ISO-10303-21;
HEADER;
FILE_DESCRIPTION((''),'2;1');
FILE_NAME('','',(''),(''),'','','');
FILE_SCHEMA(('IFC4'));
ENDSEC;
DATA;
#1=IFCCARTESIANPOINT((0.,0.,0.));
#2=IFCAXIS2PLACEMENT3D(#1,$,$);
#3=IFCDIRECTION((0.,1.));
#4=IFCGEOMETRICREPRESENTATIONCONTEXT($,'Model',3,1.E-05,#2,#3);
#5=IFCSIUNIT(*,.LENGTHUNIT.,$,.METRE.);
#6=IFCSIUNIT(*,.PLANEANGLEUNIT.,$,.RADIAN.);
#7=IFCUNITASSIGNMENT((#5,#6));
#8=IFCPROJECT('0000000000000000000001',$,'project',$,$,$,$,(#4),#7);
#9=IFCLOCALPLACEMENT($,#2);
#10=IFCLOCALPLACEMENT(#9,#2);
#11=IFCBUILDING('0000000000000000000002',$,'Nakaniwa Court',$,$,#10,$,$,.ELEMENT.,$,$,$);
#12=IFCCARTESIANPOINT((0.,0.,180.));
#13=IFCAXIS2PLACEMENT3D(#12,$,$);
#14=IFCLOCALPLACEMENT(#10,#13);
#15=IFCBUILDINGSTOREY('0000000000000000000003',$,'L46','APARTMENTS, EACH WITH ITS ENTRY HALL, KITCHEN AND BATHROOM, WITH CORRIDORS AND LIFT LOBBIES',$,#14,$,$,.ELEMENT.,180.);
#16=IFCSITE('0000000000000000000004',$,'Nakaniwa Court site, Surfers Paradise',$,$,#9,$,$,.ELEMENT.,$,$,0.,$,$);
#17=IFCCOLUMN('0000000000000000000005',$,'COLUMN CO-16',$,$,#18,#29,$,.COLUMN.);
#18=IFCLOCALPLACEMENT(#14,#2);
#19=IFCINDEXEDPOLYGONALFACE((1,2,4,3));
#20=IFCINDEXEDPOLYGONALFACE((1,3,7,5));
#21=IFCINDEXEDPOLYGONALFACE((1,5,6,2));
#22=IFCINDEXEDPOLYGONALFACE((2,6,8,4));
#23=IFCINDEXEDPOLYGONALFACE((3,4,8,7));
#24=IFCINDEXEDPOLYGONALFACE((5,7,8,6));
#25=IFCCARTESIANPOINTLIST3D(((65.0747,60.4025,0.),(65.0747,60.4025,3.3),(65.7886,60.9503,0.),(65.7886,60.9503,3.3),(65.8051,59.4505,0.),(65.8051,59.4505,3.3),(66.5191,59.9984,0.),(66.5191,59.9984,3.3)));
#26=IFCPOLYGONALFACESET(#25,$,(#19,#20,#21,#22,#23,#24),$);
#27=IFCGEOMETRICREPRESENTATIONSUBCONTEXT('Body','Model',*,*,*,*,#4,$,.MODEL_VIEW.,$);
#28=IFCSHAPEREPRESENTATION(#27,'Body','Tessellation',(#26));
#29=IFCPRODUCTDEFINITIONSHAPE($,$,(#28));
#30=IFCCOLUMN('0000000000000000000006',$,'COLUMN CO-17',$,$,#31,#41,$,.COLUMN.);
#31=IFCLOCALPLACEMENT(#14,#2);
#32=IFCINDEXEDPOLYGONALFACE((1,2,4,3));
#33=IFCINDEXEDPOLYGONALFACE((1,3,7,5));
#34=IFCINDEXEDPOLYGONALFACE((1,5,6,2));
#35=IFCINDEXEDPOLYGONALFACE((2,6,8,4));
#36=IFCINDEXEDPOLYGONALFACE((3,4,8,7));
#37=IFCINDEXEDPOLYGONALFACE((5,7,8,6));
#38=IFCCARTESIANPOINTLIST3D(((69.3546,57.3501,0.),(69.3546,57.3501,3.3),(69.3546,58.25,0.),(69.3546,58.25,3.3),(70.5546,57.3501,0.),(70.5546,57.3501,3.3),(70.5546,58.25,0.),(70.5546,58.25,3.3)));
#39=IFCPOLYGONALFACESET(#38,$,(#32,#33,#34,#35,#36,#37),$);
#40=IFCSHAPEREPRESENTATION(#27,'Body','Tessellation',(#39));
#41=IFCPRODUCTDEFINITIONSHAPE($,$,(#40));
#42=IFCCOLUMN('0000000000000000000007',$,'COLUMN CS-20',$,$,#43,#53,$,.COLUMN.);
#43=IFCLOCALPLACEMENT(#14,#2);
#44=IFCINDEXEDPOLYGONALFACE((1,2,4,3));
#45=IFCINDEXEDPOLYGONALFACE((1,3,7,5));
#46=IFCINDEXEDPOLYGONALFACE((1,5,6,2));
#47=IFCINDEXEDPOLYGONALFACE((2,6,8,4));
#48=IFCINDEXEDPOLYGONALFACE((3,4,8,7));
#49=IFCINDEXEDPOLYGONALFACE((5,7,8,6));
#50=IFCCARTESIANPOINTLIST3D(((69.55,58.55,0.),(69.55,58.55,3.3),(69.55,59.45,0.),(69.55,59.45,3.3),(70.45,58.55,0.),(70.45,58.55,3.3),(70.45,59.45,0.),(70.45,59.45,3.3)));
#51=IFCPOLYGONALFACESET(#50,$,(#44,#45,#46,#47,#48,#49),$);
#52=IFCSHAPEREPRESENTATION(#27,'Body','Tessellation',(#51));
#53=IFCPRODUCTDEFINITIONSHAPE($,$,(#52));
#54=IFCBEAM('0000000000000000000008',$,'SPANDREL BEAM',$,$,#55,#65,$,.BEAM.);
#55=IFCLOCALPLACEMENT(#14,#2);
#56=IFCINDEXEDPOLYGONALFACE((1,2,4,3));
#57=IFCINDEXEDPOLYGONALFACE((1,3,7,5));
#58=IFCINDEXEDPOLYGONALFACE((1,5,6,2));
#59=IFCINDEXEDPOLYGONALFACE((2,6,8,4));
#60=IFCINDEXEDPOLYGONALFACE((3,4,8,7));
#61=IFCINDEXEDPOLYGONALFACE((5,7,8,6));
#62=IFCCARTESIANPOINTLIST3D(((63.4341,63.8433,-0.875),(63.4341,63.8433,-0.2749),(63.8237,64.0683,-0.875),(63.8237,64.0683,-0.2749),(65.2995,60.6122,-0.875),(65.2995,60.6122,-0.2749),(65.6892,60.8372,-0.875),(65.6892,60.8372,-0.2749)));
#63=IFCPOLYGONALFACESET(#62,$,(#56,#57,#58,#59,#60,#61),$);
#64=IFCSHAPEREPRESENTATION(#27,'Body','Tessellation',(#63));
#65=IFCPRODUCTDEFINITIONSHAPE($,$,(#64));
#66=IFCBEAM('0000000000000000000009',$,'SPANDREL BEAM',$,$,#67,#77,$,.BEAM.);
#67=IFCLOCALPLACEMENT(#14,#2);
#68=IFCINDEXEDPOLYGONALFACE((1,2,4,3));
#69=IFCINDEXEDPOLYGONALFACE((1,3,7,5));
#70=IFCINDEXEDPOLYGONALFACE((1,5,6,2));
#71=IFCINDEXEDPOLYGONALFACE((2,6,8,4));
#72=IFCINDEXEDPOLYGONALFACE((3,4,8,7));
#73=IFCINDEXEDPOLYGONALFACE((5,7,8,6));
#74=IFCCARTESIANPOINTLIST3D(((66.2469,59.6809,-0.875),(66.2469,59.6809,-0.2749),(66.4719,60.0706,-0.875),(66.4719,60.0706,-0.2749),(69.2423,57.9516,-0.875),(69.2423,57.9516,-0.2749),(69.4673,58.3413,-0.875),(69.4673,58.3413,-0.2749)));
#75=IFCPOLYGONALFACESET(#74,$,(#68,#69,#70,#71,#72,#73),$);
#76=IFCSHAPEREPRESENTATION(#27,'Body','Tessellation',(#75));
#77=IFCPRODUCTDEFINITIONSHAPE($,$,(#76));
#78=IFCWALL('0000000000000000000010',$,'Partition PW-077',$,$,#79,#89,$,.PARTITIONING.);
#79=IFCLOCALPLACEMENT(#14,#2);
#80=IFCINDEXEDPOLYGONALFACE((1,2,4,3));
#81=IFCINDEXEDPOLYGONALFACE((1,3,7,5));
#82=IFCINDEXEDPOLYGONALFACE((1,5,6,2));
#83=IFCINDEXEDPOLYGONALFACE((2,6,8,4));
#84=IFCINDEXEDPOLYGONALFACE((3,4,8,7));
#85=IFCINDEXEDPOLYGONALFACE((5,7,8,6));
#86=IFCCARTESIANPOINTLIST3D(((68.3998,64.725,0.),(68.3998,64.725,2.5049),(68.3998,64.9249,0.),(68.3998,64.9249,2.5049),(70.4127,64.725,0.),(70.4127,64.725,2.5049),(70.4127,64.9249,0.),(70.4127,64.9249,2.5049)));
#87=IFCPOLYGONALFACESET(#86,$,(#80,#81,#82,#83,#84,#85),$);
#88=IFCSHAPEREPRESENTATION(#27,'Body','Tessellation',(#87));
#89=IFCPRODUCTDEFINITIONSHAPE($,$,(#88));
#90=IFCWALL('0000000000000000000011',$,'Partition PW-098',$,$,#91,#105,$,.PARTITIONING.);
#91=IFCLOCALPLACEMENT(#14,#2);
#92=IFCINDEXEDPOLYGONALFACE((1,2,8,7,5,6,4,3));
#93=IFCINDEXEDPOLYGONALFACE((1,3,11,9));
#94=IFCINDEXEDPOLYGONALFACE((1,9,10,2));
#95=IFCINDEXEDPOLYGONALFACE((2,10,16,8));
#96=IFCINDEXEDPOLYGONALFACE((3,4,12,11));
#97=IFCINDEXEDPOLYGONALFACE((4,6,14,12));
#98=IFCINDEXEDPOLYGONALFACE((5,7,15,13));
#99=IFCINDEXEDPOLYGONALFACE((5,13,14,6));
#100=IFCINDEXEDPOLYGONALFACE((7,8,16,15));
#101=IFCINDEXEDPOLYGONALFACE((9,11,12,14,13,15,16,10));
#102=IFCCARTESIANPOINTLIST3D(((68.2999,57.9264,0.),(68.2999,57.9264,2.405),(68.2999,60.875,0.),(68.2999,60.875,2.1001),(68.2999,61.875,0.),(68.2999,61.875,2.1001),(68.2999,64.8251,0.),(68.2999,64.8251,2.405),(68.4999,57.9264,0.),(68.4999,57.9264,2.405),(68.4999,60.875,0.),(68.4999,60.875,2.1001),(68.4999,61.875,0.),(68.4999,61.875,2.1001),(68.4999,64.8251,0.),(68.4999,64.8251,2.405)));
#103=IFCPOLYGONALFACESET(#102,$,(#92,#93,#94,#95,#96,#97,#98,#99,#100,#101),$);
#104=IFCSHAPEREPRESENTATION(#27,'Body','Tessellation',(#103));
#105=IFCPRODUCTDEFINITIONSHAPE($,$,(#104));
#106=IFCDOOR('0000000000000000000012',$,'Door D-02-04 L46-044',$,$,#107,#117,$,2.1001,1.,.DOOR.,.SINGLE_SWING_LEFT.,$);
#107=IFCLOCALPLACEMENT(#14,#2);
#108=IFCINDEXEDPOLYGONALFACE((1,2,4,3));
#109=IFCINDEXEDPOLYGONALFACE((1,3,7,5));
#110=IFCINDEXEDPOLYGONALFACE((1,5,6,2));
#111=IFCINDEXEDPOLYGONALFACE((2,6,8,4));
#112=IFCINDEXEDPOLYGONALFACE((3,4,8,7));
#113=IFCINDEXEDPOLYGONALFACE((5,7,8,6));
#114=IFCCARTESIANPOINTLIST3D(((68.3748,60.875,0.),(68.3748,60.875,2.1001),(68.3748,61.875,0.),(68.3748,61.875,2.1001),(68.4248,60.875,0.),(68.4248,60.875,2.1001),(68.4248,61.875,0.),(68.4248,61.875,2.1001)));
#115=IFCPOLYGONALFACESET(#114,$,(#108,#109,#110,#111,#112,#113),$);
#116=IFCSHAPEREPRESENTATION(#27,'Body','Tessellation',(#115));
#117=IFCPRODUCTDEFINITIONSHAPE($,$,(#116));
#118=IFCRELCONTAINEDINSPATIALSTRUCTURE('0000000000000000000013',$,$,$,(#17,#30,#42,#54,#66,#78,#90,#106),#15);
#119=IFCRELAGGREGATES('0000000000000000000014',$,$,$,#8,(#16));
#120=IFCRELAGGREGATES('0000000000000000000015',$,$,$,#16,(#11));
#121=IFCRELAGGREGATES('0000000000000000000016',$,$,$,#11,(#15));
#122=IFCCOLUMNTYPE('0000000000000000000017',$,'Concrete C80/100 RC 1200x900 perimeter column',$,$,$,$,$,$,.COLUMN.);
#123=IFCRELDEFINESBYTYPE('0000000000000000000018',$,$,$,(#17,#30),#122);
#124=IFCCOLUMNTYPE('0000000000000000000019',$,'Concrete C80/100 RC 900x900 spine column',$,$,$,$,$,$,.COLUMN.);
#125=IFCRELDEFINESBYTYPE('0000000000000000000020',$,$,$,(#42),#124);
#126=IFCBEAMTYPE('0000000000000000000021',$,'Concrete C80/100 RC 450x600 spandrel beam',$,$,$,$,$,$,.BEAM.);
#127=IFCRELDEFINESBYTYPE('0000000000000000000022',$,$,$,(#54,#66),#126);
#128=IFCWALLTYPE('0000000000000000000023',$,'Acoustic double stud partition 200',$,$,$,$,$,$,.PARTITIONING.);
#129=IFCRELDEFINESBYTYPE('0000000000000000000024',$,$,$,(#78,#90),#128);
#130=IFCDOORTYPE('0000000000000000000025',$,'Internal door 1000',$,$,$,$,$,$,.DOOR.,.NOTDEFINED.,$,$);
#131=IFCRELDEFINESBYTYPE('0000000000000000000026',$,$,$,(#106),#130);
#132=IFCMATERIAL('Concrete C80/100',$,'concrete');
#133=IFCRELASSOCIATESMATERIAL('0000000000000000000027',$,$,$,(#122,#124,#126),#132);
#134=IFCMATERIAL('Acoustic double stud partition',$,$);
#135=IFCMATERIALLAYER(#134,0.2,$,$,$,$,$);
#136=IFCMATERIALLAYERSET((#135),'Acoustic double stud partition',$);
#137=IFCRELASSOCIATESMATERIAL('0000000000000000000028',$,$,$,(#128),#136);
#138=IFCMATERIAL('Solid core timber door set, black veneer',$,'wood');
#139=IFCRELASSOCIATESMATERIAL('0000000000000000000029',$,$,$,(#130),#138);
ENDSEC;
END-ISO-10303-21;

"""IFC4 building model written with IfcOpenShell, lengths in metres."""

from ifc_helpers import new_model, si_unit, direction, frame, frame_2d, origin, origin_2d, place, context, subcontext, project, spatial, rectangle, extrude, material, layer, layer_set, material_profile, profile_set, type_object, element, fill, save


model = new_model("IFC4")

# Units and contexts
model_context = context("Model", 3, precision=1e-05, world=origin(), true_north=direction((0.0, 1.0)))
body_context = subcontext(model_context, "Body", "Model", "MODEL_VIEW")
ifc_project = project(units=[si_unit("LENGTHUNIT", "METRE"), si_unit("PLANEANGLEUNIT", "RADIAN")], contexts=[model_context])

# Site, building, storey
site_placement = place(None, origin())
site = spatial("IfcSite", under=ifc_project, at=site_placement, Name="Nakaniwa Court site, Surfers Paradise", CompositionType="ELEMENT", RefElevation=0.0)
building_placement = place(site_placement, origin())
building = spatial("IfcBuilding", under=site, at=building_placement, Name="Nakaniwa Court", CompositionType="ELEMENT")
storey_placement = place(building_placement, frame((0.0, 0.0, 180.0)))
storey = spatial("IfcBuildingStorey", under=building, at=storey_placement, Name="L46", Description="APARTMENTS, EACH WITH ITS ENTRY HALL, KITCHEN AND BATHROOM, WITH CORRIDORS AND LIFT LOBBIES", CompositionType="ELEMENT", Elevation=180.0)

# Columns
ifc_material_1 = material(Name="Concrete C80/100", Category="concrete")
ifc_material_profile_1 = material_profile(ifc_material_1, rectangle(XDim=1.2, YDim=0.8999, at=origin_2d()), Name="Concrete C80/100 RC 1200x900 perimeter column")
ifc_profile_set_1 = profile_set([ifc_material_profile_1], Name="Concrete C80/100")
column_type_1 = type_object("IfcColumnType", Name="Concrete C80/100 RC 1200x900 perimeter column", PredefinedType="COLUMN", material=ifc_profile_set_1)
for number, where, z_axis, x_axis, name in (
    (1, (65.7969, 60.2004, 0.0), (0.0, 0.0, 1.0), (0.608761, -0.793353, 0.0), "COLUMN CO-16"),
    (2, (69.9546, 57.8, 0.0), (0.0, 0.0, 1.0), (1.0, 0.0, 0.0), "COLUMN CO-17"),
):
    element("IfcColumn", number, at=place(storey_placement, frame(where, z_axis=z_axis, x_axis=x_axis)), inside=storey, type_object=column_type_1, Name=name, PredefinedType="COLUMN", context=body_context, shape_type="SweptSolid", body=[
        extrude(rectangle(XDim=1.2, YDim=0.8999, at=origin_2d()), origin(), (0.0, 0.0, 1.0), 3.3),
    ])
ifc_material_profile_2 = material_profile(ifc_material_1, rectangle(XDim=0.8999, YDim=0.8999, at=origin_2d()), Name="Concrete C80/100 RC 900x900 spine column")
ifc_profile_set_2 = profile_set([ifc_material_profile_2], Name="Concrete C80/100")
column_type_2 = type_object("IfcColumnType", Name="Concrete C80/100 RC 900x900 spine column", PredefinedType="COLUMN", material=ifc_profile_set_2)
column_placement = place(storey_placement, frame((70.0, 59.0, 0.0), z_axis=(0.0, 0.0, 1.0), x_axis=(0.0, -1.0, 0.0)))
element("IfcColumn", 3, at=column_placement, inside=storey, type_object=column_type_2, Name="COLUMN CS-20", PredefinedType="COLUMN", context=body_context, shape_type="SweptSolid", body=[
    extrude(rectangle(XDim=0.8999, YDim=0.8999, at=origin_2d()), origin(), (0.0, 0.0, 1.0), 3.3),
])

# Beams
ifc_material_profile_3 = material_profile(ifc_material_1, rectangle(XDim=0.45, YDim=0.6001, at=origin_2d()), Name="Concrete C80/100 RC 450x600 spandrel beam")
ifc_profile_set_3 = profile_set([ifc_material_profile_3], Name="Concrete C80/100")
beam_type = type_object("IfcBeamType", Name="Concrete C80/100 RC 450x600 spandrel beam", PredefinedType="BEAM", material=ifc_profile_set_3)
beam_1_placement = place(storey_placement, frame((63.6289, 63.9558, -0.575), z_axis=(0.499989, -0.866032, 0.0), x_axis=(0.866032, 0.499989, 0.0)))
element("IfcBeam", 4, at=beam_1_placement, inside=storey, type_object=beam_type, Name="SPANDREL BEAM", PredefinedType="BEAM", context=body_context, shape_type="SweptSolid", body=[
    extrude(rectangle(XDim=0.45, YDim=0.6001, at=origin_2d()), origin(), (0.0, 0.0, 1.0), 3.731),
])
beam_2_placement = place(storey_placement, frame((66.3594, 59.8757, -0.575), z_axis=(0.866041, -0.499973, 0.0), x_axis=(0.499973, 0.866041, 0.0)))
element("IfcBeam", 5, at=beam_2_placement, inside=storey, type_object=beam_type, Name="SPANDREL BEAM", PredefinedType="BEAM", context=body_context, shape_type="SweptSolid", body=[
    extrude(rectangle(XDim=0.45, YDim=0.6001, at=origin_2d()), origin(), (0.0, 0.0, 1.0), 3.4587),
])

# Wall
ifc_material_2 = material(Name="Acoustic double stud partition")
ifc_layer_1 = layer(ifc_material_2, 0.2)
ifc_layer_set_1 = layer_set([ifc_layer_1], Name="Acoustic double stud partition")
wall_type_1 = type_object("IfcWallType", Name="Acoustic double stud partition 200", PredefinedType="PARTITIONING", material=ifc_layer_set_1)
wall_1_placement = place(storey_placement, frame((68.3999, 64.825, 0.0), z_axis=(0.0, 0.0, 1.0), x_axis=(1.0, 0.0, 0.0)))
element("IfcWall", 6, at=wall_1_placement, inside=storey, type_object=wall_type_1, Name="Partition PW-077", PredefinedType="PARTITIONING", context=body_context, shape_type="SweptSolid", body=[
    extrude(rectangle(XDim=2.0129, YDim=0.2, at=frame_2d((1.0063, 0.0))), origin(), (0.0, 0.0, 1.0), 2.5049),
])

# Wall, opening, door
wall_2_placement = place(storey_placement, frame((68.3999, 64.825, 0.0), z_axis=(0.0, 0.0, 1.0), x_axis=(0.0, -1.0, 0.0)))
wall_2 = element("IfcWall", 7, at=wall_2_placement, inside=storey, type_object=wall_type_1, Name="Partition PW-098", PredefinedType="PARTITIONING", context=body_context, shape_type="SweptSolid", body=[
    extrude(rectangle(XDim=6.8987, YDim=0.2, at=frame_2d((3.4492, 0.0))), origin(), (0.0, 0.0, 1.0), 2.405),
])
opening_1_placement = place(wall_2_placement, frame((2.95, 0.0, 0.0)))
opening_1 = element("IfcOpeningElement", 8, at=opening_1_placement, cuts=wall_2, PredefinedType="OPENING", context=body_context, shape_type="SweptSolid", body=[
    extrude(rectangle(XDim=1.0, YDim=2.1001, at=frame_2d((0.5, 1.05))), frame((0.0, 0.1099, 0.0), z_axis=(0.0, -1.0, 0.0), x_axis=(1.0, 0.0, 0.0)), (0.0, 0.0, 1.0), 0.22),
])
ifc_material_3 = material(Name="Solid core timber door set, black veneer", Category="wood")
door_type_1 = type_object("IfcDoorType", Name="Internal door 1000", OperationType="NOTDEFINED", PredefinedType="DOOR", material=ifc_material_3)
door_1_placement = place(opening_1_placement, origin())
door_1 = element("IfcDoor", 9, at=door_1_placement, inside=storey, type_object=door_type_1, Name="Door D-02-04 L46-044", OperationType="SINGLE_SWING_LEFT", OverallHeight=2.1001, OverallWidth=1.0, PredefinedType="DOOR", context=body_context, shape_type="SweptSolid", body=[
    extrude(rectangle(XDim=1.0, YDim=2.1001, at=frame_2d((0.5, 1.05))), frame((0.0, 0.0249, 0.0), z_axis=(0.0, -1.0, 0.0), x_axis=(1.0, 0.0, 0.0)), (0.0, 0.0, 1.0), 0.05),
])
fill(opening_1, door_1)

save(model, "model.ifc")
